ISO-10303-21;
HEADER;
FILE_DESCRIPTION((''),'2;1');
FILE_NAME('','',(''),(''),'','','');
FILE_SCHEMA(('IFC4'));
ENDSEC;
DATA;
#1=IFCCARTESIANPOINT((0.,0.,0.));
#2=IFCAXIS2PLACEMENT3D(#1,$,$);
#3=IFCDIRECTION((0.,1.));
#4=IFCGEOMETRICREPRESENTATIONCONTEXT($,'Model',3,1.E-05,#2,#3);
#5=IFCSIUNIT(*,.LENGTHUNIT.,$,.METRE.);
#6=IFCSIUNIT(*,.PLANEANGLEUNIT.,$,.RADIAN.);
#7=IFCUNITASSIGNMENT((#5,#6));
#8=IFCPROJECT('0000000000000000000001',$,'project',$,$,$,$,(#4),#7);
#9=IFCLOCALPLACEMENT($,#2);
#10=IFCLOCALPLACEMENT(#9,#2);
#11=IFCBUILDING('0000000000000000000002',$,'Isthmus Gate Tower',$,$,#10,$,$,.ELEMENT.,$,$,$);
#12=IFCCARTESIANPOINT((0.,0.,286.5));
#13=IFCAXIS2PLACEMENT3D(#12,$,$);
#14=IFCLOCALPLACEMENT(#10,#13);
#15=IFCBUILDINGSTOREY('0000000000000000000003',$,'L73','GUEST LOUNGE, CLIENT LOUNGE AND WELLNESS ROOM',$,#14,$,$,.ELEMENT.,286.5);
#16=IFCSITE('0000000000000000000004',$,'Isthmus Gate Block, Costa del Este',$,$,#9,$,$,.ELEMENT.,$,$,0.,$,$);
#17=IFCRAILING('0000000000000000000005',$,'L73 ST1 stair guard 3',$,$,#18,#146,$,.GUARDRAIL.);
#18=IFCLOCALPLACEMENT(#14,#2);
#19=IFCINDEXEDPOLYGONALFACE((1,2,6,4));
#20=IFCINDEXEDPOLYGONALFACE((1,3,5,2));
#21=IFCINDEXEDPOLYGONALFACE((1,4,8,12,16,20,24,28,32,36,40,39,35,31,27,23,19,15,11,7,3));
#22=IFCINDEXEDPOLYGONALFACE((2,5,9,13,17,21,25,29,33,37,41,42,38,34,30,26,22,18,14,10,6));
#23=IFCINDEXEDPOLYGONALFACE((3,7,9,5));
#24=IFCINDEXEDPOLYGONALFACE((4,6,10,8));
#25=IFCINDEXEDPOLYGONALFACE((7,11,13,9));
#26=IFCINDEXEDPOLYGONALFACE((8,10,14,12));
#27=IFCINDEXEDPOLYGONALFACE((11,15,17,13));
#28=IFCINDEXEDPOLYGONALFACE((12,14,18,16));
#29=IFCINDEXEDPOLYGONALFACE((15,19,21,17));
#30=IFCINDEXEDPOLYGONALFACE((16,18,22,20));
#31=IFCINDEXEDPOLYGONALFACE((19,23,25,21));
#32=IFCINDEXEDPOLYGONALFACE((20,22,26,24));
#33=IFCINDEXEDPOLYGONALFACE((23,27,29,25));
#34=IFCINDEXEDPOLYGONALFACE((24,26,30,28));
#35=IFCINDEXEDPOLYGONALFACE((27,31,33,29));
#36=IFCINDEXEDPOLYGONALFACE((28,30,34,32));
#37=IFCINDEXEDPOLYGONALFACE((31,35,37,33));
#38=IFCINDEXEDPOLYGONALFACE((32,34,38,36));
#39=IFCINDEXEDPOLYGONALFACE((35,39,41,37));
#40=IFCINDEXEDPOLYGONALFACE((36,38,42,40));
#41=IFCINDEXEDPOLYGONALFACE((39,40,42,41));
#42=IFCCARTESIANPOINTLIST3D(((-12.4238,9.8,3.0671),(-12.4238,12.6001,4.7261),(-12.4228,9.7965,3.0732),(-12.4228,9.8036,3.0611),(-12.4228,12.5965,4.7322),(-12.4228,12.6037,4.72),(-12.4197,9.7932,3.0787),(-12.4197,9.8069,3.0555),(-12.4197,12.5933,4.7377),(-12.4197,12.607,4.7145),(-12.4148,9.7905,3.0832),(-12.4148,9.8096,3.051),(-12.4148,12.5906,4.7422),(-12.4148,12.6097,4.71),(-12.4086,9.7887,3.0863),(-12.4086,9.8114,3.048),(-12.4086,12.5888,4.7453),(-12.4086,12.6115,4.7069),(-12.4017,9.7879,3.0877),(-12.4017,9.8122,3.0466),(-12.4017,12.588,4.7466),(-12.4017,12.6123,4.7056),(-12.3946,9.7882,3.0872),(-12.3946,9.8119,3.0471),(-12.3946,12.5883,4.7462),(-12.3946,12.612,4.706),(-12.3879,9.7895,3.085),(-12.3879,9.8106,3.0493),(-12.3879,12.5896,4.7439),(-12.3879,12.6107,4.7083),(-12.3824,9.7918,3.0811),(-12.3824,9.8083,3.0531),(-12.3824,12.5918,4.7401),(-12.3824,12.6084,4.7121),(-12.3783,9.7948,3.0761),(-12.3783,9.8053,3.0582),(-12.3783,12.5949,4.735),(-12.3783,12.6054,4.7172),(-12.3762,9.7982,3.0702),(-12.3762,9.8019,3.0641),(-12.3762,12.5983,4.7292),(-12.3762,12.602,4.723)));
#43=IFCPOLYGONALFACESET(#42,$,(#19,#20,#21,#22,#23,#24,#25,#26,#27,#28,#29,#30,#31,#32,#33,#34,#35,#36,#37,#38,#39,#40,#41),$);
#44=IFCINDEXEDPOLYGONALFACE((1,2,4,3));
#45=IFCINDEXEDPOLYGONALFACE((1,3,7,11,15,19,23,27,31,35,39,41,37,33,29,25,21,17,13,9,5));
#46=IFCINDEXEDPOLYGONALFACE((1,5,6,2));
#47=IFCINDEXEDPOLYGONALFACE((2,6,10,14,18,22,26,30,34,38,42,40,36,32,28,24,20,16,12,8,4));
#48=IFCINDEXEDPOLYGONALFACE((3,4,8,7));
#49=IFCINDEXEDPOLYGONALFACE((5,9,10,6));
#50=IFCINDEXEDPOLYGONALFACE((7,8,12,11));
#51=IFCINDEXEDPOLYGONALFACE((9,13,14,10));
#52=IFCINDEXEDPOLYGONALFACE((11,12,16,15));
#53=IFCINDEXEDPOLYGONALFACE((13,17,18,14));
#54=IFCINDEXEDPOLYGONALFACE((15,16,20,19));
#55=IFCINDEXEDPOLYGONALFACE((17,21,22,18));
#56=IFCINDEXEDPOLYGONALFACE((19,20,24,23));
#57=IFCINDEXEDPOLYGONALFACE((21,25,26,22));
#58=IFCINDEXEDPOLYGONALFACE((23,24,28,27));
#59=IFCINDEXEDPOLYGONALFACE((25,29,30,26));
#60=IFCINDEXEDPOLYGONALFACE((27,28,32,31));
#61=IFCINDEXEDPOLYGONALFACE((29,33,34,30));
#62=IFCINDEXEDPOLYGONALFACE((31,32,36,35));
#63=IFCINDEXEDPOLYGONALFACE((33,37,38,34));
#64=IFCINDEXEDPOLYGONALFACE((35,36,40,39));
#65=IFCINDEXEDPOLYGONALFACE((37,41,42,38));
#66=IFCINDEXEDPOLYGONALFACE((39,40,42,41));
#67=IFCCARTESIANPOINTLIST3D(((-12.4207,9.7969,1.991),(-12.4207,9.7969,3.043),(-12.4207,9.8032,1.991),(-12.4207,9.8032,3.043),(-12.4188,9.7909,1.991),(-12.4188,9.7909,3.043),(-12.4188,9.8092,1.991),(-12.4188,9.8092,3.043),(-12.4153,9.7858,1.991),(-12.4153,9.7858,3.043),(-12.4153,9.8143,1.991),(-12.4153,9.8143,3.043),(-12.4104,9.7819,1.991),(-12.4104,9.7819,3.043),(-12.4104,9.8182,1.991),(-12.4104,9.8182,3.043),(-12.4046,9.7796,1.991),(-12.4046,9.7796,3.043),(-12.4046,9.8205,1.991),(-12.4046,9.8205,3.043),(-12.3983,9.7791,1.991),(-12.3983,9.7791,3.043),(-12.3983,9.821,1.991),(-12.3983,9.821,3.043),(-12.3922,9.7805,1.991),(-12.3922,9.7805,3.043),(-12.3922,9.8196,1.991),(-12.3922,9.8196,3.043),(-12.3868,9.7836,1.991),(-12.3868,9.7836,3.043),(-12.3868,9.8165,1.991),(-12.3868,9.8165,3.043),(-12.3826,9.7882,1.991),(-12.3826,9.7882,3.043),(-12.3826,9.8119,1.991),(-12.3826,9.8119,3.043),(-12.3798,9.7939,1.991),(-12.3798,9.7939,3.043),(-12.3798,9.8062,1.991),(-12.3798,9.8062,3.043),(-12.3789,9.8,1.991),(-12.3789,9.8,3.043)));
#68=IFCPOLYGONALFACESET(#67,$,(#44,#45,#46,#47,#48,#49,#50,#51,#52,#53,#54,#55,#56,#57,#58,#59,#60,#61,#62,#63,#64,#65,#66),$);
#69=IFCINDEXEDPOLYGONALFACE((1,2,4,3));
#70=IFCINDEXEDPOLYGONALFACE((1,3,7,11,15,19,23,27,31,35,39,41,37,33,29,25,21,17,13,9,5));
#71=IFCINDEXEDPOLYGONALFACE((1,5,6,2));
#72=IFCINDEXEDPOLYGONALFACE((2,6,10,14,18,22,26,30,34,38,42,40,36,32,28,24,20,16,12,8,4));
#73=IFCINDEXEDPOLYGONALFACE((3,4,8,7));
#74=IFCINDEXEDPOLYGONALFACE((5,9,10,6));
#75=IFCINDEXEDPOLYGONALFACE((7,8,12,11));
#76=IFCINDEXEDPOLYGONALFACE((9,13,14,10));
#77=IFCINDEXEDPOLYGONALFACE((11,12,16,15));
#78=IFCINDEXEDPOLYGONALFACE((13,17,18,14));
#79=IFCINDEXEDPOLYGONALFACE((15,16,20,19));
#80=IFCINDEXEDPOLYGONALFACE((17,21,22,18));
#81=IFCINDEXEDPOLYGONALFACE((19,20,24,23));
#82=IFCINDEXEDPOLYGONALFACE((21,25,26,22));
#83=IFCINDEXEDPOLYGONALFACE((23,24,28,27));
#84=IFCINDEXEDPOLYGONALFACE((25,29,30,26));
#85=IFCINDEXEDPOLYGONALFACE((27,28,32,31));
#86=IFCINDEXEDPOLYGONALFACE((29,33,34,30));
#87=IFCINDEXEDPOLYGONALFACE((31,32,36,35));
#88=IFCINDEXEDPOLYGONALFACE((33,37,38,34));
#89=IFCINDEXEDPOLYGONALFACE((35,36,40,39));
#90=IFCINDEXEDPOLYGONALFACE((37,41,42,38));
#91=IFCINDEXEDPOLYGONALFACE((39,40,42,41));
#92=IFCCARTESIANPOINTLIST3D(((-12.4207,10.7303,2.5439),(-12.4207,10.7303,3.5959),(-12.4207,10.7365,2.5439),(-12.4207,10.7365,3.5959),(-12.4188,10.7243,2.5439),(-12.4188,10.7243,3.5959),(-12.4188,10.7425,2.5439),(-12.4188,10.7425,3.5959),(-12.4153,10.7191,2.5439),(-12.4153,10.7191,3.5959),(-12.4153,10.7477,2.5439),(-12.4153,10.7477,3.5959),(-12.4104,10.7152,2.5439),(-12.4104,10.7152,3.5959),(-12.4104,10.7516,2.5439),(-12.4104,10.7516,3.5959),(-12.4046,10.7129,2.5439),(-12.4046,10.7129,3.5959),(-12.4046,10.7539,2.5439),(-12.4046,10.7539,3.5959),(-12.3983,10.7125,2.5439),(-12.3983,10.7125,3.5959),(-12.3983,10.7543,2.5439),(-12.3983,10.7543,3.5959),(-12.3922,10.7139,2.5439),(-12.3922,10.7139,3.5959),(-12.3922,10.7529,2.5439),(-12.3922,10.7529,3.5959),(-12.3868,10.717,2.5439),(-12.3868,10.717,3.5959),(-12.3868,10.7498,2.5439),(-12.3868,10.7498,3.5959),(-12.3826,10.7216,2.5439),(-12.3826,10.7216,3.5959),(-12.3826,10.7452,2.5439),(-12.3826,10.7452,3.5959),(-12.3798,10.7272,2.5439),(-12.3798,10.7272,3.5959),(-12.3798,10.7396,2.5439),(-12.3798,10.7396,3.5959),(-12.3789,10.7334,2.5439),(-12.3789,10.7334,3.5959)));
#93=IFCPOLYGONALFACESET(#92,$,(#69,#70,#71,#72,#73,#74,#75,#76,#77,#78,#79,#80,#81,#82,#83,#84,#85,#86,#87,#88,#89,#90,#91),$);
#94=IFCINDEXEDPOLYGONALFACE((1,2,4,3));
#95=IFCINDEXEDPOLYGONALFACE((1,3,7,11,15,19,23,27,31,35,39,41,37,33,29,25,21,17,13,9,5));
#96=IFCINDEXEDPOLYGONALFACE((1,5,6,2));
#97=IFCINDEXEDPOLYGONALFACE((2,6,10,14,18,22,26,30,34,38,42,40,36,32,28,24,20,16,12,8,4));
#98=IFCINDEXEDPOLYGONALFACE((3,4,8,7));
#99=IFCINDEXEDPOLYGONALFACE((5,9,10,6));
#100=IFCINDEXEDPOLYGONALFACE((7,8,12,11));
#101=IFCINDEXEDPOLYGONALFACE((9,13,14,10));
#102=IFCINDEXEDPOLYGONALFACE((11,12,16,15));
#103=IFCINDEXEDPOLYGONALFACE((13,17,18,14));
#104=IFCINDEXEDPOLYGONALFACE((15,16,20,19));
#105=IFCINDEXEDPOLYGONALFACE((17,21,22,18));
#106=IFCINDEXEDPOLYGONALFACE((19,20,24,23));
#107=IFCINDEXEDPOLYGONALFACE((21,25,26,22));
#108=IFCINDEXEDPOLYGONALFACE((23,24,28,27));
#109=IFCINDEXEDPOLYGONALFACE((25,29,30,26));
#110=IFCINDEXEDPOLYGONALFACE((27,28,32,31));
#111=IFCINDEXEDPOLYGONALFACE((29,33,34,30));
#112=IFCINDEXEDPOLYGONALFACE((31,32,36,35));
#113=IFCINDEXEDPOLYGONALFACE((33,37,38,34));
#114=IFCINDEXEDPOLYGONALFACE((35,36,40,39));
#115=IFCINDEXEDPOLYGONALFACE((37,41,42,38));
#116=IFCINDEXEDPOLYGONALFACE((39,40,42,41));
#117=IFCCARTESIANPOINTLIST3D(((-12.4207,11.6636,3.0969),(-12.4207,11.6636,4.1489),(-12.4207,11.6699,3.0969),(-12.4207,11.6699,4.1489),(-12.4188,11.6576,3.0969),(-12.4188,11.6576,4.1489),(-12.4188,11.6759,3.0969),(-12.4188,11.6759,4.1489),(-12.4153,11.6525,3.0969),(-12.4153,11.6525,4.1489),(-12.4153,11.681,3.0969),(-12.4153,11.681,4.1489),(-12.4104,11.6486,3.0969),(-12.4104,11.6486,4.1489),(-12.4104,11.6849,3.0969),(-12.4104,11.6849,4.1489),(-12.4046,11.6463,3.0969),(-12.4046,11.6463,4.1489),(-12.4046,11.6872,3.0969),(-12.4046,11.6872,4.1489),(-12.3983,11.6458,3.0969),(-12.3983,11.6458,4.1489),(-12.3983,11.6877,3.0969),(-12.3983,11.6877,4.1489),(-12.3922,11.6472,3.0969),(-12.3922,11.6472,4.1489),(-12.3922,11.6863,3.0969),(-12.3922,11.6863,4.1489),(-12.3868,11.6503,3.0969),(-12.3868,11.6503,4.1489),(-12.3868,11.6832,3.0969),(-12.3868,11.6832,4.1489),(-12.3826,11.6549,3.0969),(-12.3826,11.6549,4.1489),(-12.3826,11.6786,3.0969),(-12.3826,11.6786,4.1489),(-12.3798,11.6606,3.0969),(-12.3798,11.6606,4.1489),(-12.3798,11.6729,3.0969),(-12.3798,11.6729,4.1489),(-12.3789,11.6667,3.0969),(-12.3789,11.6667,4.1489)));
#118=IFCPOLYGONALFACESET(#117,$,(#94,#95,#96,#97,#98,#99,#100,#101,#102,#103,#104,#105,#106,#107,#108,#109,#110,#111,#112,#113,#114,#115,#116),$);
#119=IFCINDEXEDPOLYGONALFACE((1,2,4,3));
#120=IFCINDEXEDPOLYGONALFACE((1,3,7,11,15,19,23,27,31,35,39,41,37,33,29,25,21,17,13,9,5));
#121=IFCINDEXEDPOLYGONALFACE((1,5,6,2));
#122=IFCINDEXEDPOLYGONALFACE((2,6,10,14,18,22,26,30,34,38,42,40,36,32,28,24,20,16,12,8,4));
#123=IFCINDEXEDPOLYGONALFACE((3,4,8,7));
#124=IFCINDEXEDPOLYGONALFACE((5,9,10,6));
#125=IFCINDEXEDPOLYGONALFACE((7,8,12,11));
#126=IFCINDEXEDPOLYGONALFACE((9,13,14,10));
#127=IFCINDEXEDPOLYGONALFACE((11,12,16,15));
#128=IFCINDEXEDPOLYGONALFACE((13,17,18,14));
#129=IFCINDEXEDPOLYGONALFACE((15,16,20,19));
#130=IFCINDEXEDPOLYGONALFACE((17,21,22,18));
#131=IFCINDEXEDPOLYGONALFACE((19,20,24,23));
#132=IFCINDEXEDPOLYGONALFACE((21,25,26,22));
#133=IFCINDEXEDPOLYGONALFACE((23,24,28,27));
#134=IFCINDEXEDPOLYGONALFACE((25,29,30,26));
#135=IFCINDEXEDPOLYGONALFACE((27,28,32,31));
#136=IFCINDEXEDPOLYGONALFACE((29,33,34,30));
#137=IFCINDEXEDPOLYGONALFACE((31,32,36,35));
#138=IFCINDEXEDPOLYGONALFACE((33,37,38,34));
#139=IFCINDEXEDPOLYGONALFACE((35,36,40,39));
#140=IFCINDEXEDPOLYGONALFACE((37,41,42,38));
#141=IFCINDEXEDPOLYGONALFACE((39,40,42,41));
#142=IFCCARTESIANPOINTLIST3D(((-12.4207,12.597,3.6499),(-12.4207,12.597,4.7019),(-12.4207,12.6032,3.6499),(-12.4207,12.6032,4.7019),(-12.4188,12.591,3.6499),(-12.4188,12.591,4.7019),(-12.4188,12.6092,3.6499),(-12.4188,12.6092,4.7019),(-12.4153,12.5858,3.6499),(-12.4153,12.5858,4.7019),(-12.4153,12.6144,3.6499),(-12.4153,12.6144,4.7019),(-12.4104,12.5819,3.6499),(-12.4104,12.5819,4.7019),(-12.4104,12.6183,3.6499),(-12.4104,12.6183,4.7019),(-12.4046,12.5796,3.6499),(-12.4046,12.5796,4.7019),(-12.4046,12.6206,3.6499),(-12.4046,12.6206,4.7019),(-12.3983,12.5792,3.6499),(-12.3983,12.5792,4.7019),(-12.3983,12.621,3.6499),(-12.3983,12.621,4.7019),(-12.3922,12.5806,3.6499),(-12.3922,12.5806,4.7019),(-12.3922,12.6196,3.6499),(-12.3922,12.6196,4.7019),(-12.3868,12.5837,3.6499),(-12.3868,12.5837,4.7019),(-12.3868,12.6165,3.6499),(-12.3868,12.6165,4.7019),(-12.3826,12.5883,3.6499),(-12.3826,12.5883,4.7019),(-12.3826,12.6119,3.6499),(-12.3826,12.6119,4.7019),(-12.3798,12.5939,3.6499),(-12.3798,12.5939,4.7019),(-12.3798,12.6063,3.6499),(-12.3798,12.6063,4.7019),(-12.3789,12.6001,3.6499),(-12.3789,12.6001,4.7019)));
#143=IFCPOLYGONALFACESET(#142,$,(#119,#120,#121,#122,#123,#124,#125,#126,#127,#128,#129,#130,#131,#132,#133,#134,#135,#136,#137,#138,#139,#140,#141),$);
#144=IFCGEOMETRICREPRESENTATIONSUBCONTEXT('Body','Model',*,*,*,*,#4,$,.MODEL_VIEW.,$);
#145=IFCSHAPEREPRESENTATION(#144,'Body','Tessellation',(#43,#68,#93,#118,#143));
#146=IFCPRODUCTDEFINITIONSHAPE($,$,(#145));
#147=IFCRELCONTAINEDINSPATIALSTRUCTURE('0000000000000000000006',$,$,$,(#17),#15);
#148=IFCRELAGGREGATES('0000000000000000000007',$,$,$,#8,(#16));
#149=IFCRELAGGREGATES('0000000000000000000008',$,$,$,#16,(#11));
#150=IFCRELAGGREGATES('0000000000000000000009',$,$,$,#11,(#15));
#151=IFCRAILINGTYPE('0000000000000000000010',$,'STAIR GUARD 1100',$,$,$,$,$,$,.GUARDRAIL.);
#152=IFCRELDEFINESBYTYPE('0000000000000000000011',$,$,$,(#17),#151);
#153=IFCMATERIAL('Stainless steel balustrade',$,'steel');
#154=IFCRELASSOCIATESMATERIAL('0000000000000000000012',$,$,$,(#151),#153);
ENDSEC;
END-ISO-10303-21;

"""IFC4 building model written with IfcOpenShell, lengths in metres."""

from ifc_helpers import new_model, si_unit, direction, frame, origin, origin_2d, place, context, subcontext, project, spatial, circle, extrude, material, type_object, element, save


model = new_model("IFC4")

# Units and contexts
model_context = context("Model", 3, precision=1e-05, world=origin(), true_north=direction((0.0, 1.0)))
body_context = subcontext(model_context, "Body", "Model", "MODEL_VIEW")
ifc_project = project(units=[si_unit("LENGTHUNIT", "METRE"), si_unit("PLANEANGLEUNIT", "RADIAN")], contexts=[model_context])

# Site, building, storey
site_placement = place(None, origin())
site = spatial("IfcSite", under=ifc_project, at=site_placement, Name="Isthmus Gate Block, Costa del Este", CompositionType="ELEMENT", RefElevation=0.0)
building_placement = place(site_placement, origin())
building = spatial("IfcBuilding", under=site, at=building_placement, Name="Isthmus Gate Tower", CompositionType="ELEMENT")
storey_placement = place(building_placement, frame((0.0, 0.0, 286.5)))
storey = spatial("IfcBuildingStorey", under=building, at=storey_placement, Name="L73", Description="GUEST LOUNGE, CLIENT LOUNGE AND WELLNESS ROOM", CompositionType="ELEMENT", Elevation=286.5)

# Railing
ifc_material_1 = material(Name="Stainless steel balustrade", Category="steel")
railing_type_1 = type_object("IfcRailingType", Name="STAIR GUARD 1100", PredefinedType="GUARDRAIL", material=ifc_material_1)
railing_1_placement = place(storey_placement, frame((-12.3999, 9.8, 1.991)))
element("IfcRailing", 1, at=railing_1_placement, inside=storey, type_object=railing_type_1, Name="L73 ST1 stair guard 3", PredefinedType="GUARDRAIL", context=body_context, shape_type="SweptSolid", body=[
    extrude(circle(Radius=0.0239, at=origin_2d()), frame((0.0, 0.0, 1.0762), z_axis=(0.0, 0.860339, 0.509722), x_axis=(-1.0, 0.0, 0.0)), (0.0, 0.0, 1.0), 3.2546),
    extrude(circle(Radius=0.021, at=origin_2d()), origin(), (0.0, 0.0, 1.0), 1.052),
    extrude(circle(Radius=0.021, at=origin_2d()), frame((0.0, 0.9333, 0.553)), (0.0, 0.0, 1.0), 1.052),
    extrude(circle(Radius=0.021, at=origin_2d()), frame((0.0, 1.8667, 1.106)), (0.0, 0.0, 1.0), 1.052),
    extrude(circle(Radius=0.021, at=origin_2d()), frame((0.0, 2.8, 1.6589)), (0.0, 0.0, 1.0), 1.052),
])

save(model, "model.ifc")
